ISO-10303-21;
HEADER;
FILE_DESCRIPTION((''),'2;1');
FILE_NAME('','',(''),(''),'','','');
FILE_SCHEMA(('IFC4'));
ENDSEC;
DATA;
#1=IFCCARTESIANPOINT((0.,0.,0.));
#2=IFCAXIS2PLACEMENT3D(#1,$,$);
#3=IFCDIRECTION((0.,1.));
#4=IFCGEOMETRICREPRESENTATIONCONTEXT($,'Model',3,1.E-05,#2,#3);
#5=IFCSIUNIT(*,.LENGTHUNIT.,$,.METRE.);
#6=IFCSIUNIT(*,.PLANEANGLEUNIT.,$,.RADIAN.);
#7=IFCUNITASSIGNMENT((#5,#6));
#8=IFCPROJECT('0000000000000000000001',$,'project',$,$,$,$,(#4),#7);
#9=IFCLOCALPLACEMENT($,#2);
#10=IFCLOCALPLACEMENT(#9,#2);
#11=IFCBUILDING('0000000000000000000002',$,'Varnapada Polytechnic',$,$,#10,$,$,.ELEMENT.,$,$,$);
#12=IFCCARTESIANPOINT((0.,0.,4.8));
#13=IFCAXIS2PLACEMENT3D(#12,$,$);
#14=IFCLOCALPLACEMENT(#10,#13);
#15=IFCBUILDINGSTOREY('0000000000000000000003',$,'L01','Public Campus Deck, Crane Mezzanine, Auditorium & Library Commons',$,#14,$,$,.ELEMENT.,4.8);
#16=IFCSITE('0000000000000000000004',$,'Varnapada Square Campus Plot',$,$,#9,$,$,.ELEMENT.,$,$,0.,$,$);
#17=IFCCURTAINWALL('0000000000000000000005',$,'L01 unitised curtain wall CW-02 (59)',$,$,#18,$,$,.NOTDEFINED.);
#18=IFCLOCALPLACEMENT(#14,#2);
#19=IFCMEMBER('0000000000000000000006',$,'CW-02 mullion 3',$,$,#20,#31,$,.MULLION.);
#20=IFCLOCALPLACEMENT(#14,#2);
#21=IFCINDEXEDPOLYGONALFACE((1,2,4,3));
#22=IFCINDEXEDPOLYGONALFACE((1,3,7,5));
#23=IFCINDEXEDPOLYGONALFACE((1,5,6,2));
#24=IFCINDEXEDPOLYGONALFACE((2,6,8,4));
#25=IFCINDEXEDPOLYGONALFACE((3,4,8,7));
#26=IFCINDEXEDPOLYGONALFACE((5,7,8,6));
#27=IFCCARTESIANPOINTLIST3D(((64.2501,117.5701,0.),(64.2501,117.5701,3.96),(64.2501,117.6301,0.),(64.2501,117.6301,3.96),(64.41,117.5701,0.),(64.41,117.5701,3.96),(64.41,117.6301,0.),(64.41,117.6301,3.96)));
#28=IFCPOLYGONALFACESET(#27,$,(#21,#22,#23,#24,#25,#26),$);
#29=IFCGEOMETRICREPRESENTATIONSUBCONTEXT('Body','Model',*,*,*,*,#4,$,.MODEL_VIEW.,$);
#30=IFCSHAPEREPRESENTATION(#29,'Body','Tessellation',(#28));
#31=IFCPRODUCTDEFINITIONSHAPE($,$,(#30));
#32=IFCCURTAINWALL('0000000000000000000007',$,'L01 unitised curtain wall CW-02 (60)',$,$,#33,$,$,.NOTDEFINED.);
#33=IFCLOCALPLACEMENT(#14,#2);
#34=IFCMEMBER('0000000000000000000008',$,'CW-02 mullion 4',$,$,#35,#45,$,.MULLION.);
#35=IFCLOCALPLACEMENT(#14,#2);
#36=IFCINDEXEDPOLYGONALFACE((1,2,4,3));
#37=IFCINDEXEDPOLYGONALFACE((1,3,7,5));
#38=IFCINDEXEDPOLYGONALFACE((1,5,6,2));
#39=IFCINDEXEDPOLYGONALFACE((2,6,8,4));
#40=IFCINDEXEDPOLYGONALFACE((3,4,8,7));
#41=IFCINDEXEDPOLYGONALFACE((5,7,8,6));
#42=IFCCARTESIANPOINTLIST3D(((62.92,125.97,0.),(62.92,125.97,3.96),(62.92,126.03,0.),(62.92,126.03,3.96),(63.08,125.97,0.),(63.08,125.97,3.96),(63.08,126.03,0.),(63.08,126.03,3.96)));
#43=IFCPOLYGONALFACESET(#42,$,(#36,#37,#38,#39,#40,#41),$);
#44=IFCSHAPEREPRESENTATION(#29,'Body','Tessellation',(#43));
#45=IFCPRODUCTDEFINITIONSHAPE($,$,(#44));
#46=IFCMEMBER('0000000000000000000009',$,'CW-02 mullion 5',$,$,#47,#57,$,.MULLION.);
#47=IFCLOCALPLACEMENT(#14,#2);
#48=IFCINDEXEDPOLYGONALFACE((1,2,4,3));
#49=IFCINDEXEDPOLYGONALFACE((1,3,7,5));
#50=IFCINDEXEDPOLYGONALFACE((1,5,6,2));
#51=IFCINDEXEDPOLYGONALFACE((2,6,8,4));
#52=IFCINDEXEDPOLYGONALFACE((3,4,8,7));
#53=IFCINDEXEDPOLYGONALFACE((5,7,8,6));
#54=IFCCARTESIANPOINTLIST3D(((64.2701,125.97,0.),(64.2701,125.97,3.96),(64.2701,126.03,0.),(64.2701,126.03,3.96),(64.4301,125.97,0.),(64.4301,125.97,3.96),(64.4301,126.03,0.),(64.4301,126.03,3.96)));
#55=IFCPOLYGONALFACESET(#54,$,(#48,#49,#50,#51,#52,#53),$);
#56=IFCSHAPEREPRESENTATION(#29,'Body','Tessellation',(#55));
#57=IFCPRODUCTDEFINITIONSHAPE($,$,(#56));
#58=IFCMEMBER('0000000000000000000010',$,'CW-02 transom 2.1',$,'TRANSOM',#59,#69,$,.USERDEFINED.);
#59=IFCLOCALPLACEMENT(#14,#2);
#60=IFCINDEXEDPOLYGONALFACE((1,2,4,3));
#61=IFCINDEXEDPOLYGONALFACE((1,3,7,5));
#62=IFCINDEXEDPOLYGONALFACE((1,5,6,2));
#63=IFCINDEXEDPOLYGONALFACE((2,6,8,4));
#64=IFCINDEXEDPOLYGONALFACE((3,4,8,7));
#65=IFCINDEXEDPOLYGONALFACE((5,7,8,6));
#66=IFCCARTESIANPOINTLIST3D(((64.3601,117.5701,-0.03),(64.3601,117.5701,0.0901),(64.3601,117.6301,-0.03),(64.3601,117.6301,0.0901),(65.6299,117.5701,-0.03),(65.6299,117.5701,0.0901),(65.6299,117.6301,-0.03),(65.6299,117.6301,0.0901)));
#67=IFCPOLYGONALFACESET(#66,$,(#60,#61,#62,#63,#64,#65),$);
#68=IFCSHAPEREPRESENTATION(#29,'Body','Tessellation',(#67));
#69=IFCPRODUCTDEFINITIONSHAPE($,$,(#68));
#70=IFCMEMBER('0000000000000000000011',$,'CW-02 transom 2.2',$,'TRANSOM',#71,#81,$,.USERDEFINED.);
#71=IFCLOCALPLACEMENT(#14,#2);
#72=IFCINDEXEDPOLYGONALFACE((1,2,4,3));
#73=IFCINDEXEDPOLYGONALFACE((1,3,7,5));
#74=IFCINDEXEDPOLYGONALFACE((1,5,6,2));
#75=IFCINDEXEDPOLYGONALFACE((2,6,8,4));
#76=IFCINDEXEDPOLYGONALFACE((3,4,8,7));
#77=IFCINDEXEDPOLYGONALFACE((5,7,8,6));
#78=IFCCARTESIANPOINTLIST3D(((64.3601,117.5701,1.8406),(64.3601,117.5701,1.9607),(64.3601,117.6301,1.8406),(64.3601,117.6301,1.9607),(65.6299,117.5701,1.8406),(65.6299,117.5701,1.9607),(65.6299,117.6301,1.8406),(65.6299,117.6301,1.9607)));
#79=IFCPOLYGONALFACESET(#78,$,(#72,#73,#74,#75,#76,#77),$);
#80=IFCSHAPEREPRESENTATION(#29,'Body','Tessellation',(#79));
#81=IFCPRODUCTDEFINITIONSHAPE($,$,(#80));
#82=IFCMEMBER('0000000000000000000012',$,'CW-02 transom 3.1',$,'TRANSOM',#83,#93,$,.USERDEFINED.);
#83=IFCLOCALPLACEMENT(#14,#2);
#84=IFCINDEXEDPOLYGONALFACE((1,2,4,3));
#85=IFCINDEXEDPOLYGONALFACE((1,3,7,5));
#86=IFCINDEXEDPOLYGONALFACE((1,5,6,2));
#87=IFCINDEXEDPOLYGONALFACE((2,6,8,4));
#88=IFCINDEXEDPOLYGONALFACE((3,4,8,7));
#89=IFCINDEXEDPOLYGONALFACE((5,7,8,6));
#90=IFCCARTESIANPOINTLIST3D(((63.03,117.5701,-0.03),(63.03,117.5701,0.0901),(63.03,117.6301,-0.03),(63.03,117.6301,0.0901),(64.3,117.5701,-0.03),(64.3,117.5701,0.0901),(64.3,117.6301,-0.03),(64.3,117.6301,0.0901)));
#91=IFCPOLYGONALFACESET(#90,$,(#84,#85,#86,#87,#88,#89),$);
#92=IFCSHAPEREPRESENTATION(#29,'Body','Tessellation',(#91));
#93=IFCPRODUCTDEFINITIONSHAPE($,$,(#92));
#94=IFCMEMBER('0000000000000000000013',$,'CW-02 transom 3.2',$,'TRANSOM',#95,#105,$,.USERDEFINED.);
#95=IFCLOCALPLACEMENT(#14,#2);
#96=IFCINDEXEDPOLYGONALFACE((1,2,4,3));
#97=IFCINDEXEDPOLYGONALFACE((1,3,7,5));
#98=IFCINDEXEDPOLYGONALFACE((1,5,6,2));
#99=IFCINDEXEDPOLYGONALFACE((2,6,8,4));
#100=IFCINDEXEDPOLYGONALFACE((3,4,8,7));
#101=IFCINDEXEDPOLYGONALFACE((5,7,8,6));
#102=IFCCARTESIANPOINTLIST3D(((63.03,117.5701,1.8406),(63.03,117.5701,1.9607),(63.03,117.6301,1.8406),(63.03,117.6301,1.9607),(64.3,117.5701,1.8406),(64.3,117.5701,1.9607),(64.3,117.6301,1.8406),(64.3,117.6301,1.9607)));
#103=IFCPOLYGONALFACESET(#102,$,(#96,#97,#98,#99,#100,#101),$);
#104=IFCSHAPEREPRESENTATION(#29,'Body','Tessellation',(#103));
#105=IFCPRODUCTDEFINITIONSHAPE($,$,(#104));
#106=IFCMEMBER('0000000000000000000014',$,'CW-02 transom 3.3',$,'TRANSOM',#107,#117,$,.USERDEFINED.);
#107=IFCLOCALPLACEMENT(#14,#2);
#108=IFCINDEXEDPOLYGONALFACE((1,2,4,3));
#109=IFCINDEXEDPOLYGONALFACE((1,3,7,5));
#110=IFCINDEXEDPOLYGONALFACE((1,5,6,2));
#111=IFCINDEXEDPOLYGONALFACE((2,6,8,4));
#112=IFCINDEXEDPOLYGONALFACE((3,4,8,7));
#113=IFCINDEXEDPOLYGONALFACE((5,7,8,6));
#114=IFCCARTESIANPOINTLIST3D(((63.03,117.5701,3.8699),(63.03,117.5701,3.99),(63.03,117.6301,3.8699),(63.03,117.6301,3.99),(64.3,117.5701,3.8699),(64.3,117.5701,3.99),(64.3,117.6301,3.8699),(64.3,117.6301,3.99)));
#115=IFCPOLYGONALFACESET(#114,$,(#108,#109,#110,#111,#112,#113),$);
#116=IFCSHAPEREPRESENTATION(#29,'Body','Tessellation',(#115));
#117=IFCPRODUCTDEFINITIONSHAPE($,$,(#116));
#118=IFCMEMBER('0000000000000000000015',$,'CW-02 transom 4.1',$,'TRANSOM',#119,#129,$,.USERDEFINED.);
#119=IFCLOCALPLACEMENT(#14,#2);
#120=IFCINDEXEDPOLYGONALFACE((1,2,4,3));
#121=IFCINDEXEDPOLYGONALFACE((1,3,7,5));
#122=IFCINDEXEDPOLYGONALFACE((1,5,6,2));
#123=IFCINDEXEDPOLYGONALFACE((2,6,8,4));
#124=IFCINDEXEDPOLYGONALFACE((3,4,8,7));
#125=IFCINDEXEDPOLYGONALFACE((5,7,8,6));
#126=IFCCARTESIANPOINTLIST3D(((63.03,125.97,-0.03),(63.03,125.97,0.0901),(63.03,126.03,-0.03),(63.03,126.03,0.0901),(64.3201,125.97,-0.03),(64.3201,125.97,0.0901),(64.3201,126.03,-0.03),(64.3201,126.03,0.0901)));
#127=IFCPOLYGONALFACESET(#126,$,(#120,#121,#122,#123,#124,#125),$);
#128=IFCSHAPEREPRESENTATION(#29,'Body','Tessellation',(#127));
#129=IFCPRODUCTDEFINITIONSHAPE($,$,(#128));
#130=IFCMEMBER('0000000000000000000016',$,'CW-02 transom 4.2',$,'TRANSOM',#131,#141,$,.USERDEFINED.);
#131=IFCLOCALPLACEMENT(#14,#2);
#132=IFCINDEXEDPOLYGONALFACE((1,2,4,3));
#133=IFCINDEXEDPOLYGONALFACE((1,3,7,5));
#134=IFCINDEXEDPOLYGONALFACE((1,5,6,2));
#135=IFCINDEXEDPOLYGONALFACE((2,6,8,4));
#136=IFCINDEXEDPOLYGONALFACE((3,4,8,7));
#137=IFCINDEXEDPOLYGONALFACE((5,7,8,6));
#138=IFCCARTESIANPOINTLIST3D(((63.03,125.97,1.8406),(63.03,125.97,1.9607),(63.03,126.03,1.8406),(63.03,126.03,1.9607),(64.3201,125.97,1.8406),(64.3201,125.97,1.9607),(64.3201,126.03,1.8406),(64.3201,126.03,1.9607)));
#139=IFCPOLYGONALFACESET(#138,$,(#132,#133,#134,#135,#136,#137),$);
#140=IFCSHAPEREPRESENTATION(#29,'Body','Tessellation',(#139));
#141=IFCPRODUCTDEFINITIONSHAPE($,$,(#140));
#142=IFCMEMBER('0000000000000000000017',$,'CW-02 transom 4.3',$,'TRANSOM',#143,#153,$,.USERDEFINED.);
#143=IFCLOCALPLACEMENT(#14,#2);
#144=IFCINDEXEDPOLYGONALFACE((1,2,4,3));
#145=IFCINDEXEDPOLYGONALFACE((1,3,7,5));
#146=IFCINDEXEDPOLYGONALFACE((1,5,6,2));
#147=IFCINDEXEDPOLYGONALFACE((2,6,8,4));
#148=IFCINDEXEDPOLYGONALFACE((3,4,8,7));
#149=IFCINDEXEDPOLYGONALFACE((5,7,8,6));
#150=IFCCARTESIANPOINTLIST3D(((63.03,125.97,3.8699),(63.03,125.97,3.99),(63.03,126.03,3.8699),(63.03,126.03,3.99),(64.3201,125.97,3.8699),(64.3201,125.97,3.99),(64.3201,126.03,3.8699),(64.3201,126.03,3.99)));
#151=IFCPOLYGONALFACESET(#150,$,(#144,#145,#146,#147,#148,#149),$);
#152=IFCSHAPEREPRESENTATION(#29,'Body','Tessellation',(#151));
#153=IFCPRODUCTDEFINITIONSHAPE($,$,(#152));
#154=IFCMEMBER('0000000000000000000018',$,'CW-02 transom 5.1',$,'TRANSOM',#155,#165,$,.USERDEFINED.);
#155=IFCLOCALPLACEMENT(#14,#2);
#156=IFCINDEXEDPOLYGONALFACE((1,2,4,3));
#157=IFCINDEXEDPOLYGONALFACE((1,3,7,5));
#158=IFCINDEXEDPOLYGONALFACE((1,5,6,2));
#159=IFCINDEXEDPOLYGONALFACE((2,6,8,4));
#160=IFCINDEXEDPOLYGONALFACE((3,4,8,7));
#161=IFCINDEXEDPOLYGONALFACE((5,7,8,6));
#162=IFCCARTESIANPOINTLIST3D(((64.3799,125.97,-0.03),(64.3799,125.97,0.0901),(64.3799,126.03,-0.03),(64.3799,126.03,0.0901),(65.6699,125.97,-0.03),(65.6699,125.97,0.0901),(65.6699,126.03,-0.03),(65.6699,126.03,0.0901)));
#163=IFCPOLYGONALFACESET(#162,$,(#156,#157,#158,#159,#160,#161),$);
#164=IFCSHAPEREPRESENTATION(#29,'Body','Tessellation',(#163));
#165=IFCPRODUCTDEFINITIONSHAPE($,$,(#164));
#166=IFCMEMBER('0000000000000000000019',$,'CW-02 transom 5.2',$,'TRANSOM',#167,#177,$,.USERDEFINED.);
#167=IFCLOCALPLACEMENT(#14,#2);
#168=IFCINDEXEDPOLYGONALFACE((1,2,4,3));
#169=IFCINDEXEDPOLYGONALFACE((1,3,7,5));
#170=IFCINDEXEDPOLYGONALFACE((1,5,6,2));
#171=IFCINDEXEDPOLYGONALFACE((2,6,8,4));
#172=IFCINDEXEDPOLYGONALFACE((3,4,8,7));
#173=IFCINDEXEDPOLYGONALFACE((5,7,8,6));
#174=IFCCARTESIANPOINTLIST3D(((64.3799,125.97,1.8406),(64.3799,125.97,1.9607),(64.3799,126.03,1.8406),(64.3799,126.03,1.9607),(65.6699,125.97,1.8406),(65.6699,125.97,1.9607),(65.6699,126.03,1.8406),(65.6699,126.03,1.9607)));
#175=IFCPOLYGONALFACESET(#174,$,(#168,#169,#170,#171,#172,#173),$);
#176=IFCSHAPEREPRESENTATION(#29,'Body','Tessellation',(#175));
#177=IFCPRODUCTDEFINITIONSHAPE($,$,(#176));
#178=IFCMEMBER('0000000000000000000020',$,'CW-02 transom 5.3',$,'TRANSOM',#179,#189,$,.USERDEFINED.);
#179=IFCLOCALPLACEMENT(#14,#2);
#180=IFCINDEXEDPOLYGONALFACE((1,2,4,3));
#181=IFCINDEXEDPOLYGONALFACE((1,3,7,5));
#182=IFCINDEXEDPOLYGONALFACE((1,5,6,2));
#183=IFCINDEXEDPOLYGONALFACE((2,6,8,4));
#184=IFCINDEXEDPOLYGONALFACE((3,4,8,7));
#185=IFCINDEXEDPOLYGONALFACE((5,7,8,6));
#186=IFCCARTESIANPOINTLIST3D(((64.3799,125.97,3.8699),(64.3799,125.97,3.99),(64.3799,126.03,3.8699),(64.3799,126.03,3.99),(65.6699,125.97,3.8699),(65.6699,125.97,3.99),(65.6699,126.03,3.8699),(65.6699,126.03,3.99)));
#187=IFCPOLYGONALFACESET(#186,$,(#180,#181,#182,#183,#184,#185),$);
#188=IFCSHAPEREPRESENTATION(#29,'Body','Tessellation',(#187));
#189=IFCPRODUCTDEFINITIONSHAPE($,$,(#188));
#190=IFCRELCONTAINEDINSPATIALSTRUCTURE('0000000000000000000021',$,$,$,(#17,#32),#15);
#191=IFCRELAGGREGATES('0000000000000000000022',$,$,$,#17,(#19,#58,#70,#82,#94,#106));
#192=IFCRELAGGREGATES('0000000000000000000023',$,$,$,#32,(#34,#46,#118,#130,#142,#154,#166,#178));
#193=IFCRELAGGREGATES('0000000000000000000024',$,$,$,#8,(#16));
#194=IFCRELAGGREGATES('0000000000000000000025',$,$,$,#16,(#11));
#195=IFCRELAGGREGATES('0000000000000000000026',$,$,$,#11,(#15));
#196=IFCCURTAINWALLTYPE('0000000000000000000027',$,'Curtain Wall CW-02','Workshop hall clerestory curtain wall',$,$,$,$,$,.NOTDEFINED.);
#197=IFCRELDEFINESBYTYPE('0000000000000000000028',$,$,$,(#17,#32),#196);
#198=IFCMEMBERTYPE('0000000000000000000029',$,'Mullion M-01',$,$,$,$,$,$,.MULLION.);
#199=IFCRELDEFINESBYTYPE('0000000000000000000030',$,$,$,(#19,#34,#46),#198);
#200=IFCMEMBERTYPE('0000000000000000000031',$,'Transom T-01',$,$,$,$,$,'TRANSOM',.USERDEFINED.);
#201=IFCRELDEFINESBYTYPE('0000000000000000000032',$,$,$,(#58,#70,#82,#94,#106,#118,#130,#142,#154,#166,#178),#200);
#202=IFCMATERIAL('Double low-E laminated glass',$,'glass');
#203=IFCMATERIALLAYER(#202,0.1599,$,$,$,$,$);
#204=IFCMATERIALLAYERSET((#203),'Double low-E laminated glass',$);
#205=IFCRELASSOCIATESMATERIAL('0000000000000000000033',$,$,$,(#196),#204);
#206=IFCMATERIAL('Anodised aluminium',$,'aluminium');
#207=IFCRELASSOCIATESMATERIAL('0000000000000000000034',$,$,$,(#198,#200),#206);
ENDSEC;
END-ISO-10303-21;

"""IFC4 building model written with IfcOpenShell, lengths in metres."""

from ifc_helpers import new_model, si_unit, direction, frame, origin, origin_2d, place, context, subcontext, project, spatial, rectangle, extrude, material, layer, layer_set, material_profile, profile_set, type_object, element, aggregate, save


model = new_model("IFC4")

# Units and contexts
model_context = context("Model", 3, precision=1e-05, world=origin(), true_north=direction((0.0, 1.0)))
body_context = subcontext(model_context, "Body", "Model", "MODEL_VIEW")
ifc_project = project(units=[si_unit("LENGTHUNIT", "METRE"), si_unit("PLANEANGLEUNIT", "RADIAN")], contexts=[model_context])

# Site, building, storey
site_placement = place(None, origin())
site = spatial("IfcSite", under=ifc_project, at=site_placement, Name="Varnapada Square Campus Plot", CompositionType="ELEMENT", RefElevation=0.0)
building_placement = place(site_placement, origin())
building = spatial("IfcBuilding", under=site, at=building_placement, Name="Varnapada Polytechnic", CompositionType="ELEMENT")
storey_placement = place(building_placement, frame((0.0, 0.0, 4.8)))
storey = spatial("IfcBuildingStorey", under=building, at=storey_placement, Name="L01", Description="Public Campus Deck, Crane Mezzanine, Auditorium & Library Commons", CompositionType="ELEMENT", Elevation=4.8)

# Curtain wall, member
ifc_material_1 = material(Name="Double low-E laminated glass", Category="glass")
ifc_layer_1 = layer(ifc_material_1, 0.1599)
ifc_layer_set_1 = layer_set([ifc_layer_1], Name="Double low-E laminated glass")
curtain_wall_type = type_object("IfcCurtainWallType", Name="Curtain Wall CW-02", Description="Workshop hall clerestory curtain wall", PredefinedType="NOTDEFINED", material=ifc_layer_set_1)
curtain_wall_1_placement = place(storey_placement, origin())
curtain_wall_1 = element("IfcCurtainWall", 1, at=curtain_wall_1_placement, inside=storey, type_object=curtain_wall_type, Name="L01 unitised curtain wall CW-02 (59)", PredefinedType="NOTDEFINED")
ifc_material_2 = material(Name="Anodised aluminium", Category="aluminium")
ifc_material_profile_1 = material_profile(ifc_material_2, rectangle(XDim=0.0601, YDim=0.1599, at=origin_2d()), Name="ALU M60x160")
ifc_profile_set_1 = profile_set([ifc_material_profile_1], Name="Anodised aluminium")
member_type_1 = type_object("IfcMemberType", Name="Mullion M-01", PredefinedType="MULLION", material=ifc_profile_set_1)
member_1_placement = place(storey_placement, frame((64.3301, 117.6001, 0.0), z_axis=(0.0, 0.0, 1.0), x_axis=(0.0, -1.0, 0.0)))
member_1 = element("IfcMember", 2, at=member_1_placement, type_object=member_type_1, Name="CW-02 mullion 3", PredefinedType="MULLION", context=body_context, shape_type="SweptSolid", body=[
    extrude(rectangle(XDim=0.0601, YDim=0.1599, at=origin_2d()), origin(), (0.0, 0.0, 1.0), 3.96),
])

# Curtain wall, members
curtain_wall_2_placement = place(storey_placement, origin())
curtain_wall_2 = element("IfcCurtainWall", 3, at=curtain_wall_2_placement, inside=storey, type_object=curtain_wall_type, Name="L01 unitised curtain wall CW-02 (60)", PredefinedType="NOTDEFINED")
member_2_placement = place(storey_placement, frame((63.0, 126.0, 0.0), z_axis=(0.0, 0.0, 1.0), x_axis=(0.0, 1.0, 0.0)))
member_2 = element("IfcMember", 4, at=member_2_placement, type_object=member_type_1, Name="CW-02 mullion 4", PredefinedType="MULLION", context=body_context, shape_type="SweptSolid", body=[
    extrude(rectangle(XDim=0.0601, YDim=0.1599, at=origin_2d()), origin(), (0.0, 0.0, 1.0), 3.96),
])
member_3_placement = place(storey_placement, frame((64.3501, 126.0, 0.0), z_axis=(0.0, 0.0, 1.0), x_axis=(0.0, 1.0, 0.0)))
member_3 = element("IfcMember", 5, at=member_3_placement, type_object=member_type_1, Name="CW-02 mullion 5", PredefinedType="MULLION", context=body_context, shape_type="SweptSolid", body=[
    extrude(rectangle(XDim=0.0601, YDim=0.1599, at=origin_2d()), origin(), (0.0, 0.0, 1.0), 3.96),
])

# Members
ifc_material_profile_2 = material_profile(ifc_material_2, rectangle(XDim=0.0601, YDim=0.1201, at=origin_2d()), Name="ALU T60x120")
ifc_profile_set_2 = profile_set([ifc_material_profile_2], Name="Anodised aluminium")
member_type_2 = type_object("IfcMemberType", Name="Transom T-01", ElementType="TRANSOM", PredefinedType="USERDEFINED", material=ifc_profile_set_2)
member_4_placement = place(storey_placement, frame((65.6299, 117.6001, 0.03), z_axis=(-1.0, 0.0, 0.0), x_axis=(0.0, -1.0, 0.0)))
member_4 = element("IfcMember", 6, at=member_4_placement, type_object=member_type_2, Name="CW-02 transom 2.1", ObjectType="TRANSOM", PredefinedType="USERDEFINED", context=body_context, shape_type="SweptSolid", body=[
    extrude(rectangle(XDim=0.0601, YDim=0.1201, at=origin_2d()), origin(), (0.0, 0.0, 1.0), 1.2698),
])
member_5_placement = place(storey_placement, frame((65.6299, 117.6001, 1.9006), z_axis=(-1.0, 0.0, 0.0), x_axis=(0.0, -1.0, 0.0)))
member_5 = element("IfcMember", 7, at=member_5_placement, type_object=member_type_2, Name="CW-02 transom 2.2", ObjectType="TRANSOM", PredefinedType="USERDEFINED", context=body_context, shape_type="SweptSolid", body=[
    extrude(rectangle(XDim=0.0601, YDim=0.1201, at=origin_2d()), origin(), (0.0, 0.0, 1.0), 1.2698),
])
member_6_placement = place(storey_placement, frame((64.3, 117.6001, 0.03), z_axis=(-1.0, 0.0, 0.0), x_axis=(0.0, -1.0, 0.0)))
member_6 = element("IfcMember", 8, at=member_6_placement, type_object=member_type_2, Name="CW-02 transom 3.1", ObjectType="TRANSOM", PredefinedType="USERDEFINED", context=body_context, shape_type="SweptSolid", body=[
    extrude(rectangle(XDim=0.0601, YDim=0.1201, at=origin_2d()), origin(), (0.0, 0.0, 1.0), 1.27),
])
member_7_placement = place(storey_placement, frame((64.3, 117.6001, 1.9006), z_axis=(-1.0, 0.0, 0.0), x_axis=(0.0, -1.0, 0.0)))
member_7 = element("IfcMember", 9, at=member_7_placement, type_object=member_type_2, Name="CW-02 transom 3.2", ObjectType="TRANSOM", PredefinedType="USERDEFINED", context=body_context, shape_type="SweptSolid", body=[
    extrude(rectangle(XDim=0.0601, YDim=0.1201, at=origin_2d()), origin(), (0.0, 0.0, 1.0), 1.27),
])
member_8_placement = place(storey_placement, frame((64.3, 117.6001, 3.9299), z_axis=(-1.0, 0.0, 0.0), x_axis=(0.0, -1.0, 0.0)))
member_8 = element("IfcMember", 10, at=member_8_placement, type_object=member_type_2, Name="CW-02 transom 3.3", ObjectType="TRANSOM", PredefinedType="USERDEFINED", context=body_context, shape_type="SweptSolid", body=[
    extrude(rectangle(XDim=0.0601, YDim=0.1201, at=origin_2d()), origin(), (0.0, 0.0, 1.0), 1.27),
])
member_9_placement = place(storey_placement, frame((63.03, 126.0, 0.03), z_axis=(1.0, 0.0, 0.0), x_axis=(0.0, 1.0, 0.0)))
member_9 = element("IfcMember", 11, at=member_9_placement, type_object=member_type_2, Name="CW-02 transom 4.1", ObjectType="TRANSOM", PredefinedType="USERDEFINED", context=body_context, shape_type="SweptSolid", body=[
    extrude(rectangle(XDim=0.0601, YDim=0.1201, at=origin_2d()), origin(), (0.0, 0.0, 1.0), 1.29),
])
member_10_placement = place(storey_placement, frame((63.03, 126.0, 1.9006), z_axis=(1.0, 0.0, 0.0), x_axis=(0.0, 1.0, 0.0)))
member_10 = element("IfcMember", 12, at=member_10_placement, type_object=member_type_2, Name="CW-02 transom 4.2", ObjectType="TRANSOM", PredefinedType="USERDEFINED", context=body_context, shape_type="SweptSolid", body=[
    extrude(rectangle(XDim=0.0601, YDim=0.1201, at=origin_2d()), origin(), (0.0, 0.0, 1.0), 1.29),
])
member_11_placement = place(storey_placement, frame((63.03, 126.0, 3.9299), z_axis=(1.0, 0.0, 0.0), x_axis=(0.0, 1.0, 0.0)))
member_11 = element("IfcMember", 13, at=member_11_placement, type_object=member_type_2, Name="CW-02 transom 4.3", ObjectType="TRANSOM", PredefinedType="USERDEFINED", context=body_context, shape_type="SweptSolid", body=[
    extrude(rectangle(XDim=0.0601, YDim=0.1201, at=origin_2d()), origin(), (0.0, 0.0, 1.0), 1.29),
])
member_12_placement = place(storey_placement, frame((64.3799, 126.0, 0.03), z_axis=(1.0, 0.0, 0.0), x_axis=(0.0, 1.0, 0.0)))
member_12 = element("IfcMember", 14, at=member_12_placement, type_object=member_type_2, Name="CW-02 transom 5.1", ObjectType="TRANSOM", PredefinedType="USERDEFINED", context=body_context, shape_type="SweptSolid", body=[
    extrude(rectangle(XDim=0.0601, YDim=0.1201, at=origin_2d()), origin(), (0.0, 0.0, 1.0), 1.29),
])
member_13_placement = place(storey_placement, frame((64.3799, 126.0, 1.9006), z_axis=(1.0, 0.0, 0.0), x_axis=(0.0, 1.0, 0.0)))
member_13 = element("IfcMember", 15, at=member_13_placement, type_object=member_type_2, Name="CW-02 transom 5.2", ObjectType="TRANSOM", PredefinedType="USERDEFINED", context=body_context, shape_type="SweptSolid", body=[
    extrude(rectangle(XDim=0.0601, YDim=0.1201, at=origin_2d()), origin(), (0.0, 0.0, 1.0), 1.29),
])
member_14_placement = place(storey_placement, frame((64.3799, 126.0, 3.9299), z_axis=(1.0, 0.0, 0.0), x_axis=(0.0, 1.0, 0.0)))
member_14 = element("IfcMember", 16, at=member_14_placement, type_object=member_type_2, Name="CW-02 transom 5.3", ObjectType="TRANSOM", PredefinedType="USERDEFINED", context=body_context, shape_type="SweptSolid", body=[
    extrude(rectangle(XDim=0.0601, YDim=0.1201, at=origin_2d()), origin(), (0.0, 0.0, 1.0), 1.29),
])

aggregate(curtain_wall_1, [member_1, member_4, member_5, member_6, member_7, member_8])
aggregate(curtain_wall_2, [member_2, member_3, member_9, member_10, member_11, member_12, member_13, member_14])

save(model, "model.ifc")
